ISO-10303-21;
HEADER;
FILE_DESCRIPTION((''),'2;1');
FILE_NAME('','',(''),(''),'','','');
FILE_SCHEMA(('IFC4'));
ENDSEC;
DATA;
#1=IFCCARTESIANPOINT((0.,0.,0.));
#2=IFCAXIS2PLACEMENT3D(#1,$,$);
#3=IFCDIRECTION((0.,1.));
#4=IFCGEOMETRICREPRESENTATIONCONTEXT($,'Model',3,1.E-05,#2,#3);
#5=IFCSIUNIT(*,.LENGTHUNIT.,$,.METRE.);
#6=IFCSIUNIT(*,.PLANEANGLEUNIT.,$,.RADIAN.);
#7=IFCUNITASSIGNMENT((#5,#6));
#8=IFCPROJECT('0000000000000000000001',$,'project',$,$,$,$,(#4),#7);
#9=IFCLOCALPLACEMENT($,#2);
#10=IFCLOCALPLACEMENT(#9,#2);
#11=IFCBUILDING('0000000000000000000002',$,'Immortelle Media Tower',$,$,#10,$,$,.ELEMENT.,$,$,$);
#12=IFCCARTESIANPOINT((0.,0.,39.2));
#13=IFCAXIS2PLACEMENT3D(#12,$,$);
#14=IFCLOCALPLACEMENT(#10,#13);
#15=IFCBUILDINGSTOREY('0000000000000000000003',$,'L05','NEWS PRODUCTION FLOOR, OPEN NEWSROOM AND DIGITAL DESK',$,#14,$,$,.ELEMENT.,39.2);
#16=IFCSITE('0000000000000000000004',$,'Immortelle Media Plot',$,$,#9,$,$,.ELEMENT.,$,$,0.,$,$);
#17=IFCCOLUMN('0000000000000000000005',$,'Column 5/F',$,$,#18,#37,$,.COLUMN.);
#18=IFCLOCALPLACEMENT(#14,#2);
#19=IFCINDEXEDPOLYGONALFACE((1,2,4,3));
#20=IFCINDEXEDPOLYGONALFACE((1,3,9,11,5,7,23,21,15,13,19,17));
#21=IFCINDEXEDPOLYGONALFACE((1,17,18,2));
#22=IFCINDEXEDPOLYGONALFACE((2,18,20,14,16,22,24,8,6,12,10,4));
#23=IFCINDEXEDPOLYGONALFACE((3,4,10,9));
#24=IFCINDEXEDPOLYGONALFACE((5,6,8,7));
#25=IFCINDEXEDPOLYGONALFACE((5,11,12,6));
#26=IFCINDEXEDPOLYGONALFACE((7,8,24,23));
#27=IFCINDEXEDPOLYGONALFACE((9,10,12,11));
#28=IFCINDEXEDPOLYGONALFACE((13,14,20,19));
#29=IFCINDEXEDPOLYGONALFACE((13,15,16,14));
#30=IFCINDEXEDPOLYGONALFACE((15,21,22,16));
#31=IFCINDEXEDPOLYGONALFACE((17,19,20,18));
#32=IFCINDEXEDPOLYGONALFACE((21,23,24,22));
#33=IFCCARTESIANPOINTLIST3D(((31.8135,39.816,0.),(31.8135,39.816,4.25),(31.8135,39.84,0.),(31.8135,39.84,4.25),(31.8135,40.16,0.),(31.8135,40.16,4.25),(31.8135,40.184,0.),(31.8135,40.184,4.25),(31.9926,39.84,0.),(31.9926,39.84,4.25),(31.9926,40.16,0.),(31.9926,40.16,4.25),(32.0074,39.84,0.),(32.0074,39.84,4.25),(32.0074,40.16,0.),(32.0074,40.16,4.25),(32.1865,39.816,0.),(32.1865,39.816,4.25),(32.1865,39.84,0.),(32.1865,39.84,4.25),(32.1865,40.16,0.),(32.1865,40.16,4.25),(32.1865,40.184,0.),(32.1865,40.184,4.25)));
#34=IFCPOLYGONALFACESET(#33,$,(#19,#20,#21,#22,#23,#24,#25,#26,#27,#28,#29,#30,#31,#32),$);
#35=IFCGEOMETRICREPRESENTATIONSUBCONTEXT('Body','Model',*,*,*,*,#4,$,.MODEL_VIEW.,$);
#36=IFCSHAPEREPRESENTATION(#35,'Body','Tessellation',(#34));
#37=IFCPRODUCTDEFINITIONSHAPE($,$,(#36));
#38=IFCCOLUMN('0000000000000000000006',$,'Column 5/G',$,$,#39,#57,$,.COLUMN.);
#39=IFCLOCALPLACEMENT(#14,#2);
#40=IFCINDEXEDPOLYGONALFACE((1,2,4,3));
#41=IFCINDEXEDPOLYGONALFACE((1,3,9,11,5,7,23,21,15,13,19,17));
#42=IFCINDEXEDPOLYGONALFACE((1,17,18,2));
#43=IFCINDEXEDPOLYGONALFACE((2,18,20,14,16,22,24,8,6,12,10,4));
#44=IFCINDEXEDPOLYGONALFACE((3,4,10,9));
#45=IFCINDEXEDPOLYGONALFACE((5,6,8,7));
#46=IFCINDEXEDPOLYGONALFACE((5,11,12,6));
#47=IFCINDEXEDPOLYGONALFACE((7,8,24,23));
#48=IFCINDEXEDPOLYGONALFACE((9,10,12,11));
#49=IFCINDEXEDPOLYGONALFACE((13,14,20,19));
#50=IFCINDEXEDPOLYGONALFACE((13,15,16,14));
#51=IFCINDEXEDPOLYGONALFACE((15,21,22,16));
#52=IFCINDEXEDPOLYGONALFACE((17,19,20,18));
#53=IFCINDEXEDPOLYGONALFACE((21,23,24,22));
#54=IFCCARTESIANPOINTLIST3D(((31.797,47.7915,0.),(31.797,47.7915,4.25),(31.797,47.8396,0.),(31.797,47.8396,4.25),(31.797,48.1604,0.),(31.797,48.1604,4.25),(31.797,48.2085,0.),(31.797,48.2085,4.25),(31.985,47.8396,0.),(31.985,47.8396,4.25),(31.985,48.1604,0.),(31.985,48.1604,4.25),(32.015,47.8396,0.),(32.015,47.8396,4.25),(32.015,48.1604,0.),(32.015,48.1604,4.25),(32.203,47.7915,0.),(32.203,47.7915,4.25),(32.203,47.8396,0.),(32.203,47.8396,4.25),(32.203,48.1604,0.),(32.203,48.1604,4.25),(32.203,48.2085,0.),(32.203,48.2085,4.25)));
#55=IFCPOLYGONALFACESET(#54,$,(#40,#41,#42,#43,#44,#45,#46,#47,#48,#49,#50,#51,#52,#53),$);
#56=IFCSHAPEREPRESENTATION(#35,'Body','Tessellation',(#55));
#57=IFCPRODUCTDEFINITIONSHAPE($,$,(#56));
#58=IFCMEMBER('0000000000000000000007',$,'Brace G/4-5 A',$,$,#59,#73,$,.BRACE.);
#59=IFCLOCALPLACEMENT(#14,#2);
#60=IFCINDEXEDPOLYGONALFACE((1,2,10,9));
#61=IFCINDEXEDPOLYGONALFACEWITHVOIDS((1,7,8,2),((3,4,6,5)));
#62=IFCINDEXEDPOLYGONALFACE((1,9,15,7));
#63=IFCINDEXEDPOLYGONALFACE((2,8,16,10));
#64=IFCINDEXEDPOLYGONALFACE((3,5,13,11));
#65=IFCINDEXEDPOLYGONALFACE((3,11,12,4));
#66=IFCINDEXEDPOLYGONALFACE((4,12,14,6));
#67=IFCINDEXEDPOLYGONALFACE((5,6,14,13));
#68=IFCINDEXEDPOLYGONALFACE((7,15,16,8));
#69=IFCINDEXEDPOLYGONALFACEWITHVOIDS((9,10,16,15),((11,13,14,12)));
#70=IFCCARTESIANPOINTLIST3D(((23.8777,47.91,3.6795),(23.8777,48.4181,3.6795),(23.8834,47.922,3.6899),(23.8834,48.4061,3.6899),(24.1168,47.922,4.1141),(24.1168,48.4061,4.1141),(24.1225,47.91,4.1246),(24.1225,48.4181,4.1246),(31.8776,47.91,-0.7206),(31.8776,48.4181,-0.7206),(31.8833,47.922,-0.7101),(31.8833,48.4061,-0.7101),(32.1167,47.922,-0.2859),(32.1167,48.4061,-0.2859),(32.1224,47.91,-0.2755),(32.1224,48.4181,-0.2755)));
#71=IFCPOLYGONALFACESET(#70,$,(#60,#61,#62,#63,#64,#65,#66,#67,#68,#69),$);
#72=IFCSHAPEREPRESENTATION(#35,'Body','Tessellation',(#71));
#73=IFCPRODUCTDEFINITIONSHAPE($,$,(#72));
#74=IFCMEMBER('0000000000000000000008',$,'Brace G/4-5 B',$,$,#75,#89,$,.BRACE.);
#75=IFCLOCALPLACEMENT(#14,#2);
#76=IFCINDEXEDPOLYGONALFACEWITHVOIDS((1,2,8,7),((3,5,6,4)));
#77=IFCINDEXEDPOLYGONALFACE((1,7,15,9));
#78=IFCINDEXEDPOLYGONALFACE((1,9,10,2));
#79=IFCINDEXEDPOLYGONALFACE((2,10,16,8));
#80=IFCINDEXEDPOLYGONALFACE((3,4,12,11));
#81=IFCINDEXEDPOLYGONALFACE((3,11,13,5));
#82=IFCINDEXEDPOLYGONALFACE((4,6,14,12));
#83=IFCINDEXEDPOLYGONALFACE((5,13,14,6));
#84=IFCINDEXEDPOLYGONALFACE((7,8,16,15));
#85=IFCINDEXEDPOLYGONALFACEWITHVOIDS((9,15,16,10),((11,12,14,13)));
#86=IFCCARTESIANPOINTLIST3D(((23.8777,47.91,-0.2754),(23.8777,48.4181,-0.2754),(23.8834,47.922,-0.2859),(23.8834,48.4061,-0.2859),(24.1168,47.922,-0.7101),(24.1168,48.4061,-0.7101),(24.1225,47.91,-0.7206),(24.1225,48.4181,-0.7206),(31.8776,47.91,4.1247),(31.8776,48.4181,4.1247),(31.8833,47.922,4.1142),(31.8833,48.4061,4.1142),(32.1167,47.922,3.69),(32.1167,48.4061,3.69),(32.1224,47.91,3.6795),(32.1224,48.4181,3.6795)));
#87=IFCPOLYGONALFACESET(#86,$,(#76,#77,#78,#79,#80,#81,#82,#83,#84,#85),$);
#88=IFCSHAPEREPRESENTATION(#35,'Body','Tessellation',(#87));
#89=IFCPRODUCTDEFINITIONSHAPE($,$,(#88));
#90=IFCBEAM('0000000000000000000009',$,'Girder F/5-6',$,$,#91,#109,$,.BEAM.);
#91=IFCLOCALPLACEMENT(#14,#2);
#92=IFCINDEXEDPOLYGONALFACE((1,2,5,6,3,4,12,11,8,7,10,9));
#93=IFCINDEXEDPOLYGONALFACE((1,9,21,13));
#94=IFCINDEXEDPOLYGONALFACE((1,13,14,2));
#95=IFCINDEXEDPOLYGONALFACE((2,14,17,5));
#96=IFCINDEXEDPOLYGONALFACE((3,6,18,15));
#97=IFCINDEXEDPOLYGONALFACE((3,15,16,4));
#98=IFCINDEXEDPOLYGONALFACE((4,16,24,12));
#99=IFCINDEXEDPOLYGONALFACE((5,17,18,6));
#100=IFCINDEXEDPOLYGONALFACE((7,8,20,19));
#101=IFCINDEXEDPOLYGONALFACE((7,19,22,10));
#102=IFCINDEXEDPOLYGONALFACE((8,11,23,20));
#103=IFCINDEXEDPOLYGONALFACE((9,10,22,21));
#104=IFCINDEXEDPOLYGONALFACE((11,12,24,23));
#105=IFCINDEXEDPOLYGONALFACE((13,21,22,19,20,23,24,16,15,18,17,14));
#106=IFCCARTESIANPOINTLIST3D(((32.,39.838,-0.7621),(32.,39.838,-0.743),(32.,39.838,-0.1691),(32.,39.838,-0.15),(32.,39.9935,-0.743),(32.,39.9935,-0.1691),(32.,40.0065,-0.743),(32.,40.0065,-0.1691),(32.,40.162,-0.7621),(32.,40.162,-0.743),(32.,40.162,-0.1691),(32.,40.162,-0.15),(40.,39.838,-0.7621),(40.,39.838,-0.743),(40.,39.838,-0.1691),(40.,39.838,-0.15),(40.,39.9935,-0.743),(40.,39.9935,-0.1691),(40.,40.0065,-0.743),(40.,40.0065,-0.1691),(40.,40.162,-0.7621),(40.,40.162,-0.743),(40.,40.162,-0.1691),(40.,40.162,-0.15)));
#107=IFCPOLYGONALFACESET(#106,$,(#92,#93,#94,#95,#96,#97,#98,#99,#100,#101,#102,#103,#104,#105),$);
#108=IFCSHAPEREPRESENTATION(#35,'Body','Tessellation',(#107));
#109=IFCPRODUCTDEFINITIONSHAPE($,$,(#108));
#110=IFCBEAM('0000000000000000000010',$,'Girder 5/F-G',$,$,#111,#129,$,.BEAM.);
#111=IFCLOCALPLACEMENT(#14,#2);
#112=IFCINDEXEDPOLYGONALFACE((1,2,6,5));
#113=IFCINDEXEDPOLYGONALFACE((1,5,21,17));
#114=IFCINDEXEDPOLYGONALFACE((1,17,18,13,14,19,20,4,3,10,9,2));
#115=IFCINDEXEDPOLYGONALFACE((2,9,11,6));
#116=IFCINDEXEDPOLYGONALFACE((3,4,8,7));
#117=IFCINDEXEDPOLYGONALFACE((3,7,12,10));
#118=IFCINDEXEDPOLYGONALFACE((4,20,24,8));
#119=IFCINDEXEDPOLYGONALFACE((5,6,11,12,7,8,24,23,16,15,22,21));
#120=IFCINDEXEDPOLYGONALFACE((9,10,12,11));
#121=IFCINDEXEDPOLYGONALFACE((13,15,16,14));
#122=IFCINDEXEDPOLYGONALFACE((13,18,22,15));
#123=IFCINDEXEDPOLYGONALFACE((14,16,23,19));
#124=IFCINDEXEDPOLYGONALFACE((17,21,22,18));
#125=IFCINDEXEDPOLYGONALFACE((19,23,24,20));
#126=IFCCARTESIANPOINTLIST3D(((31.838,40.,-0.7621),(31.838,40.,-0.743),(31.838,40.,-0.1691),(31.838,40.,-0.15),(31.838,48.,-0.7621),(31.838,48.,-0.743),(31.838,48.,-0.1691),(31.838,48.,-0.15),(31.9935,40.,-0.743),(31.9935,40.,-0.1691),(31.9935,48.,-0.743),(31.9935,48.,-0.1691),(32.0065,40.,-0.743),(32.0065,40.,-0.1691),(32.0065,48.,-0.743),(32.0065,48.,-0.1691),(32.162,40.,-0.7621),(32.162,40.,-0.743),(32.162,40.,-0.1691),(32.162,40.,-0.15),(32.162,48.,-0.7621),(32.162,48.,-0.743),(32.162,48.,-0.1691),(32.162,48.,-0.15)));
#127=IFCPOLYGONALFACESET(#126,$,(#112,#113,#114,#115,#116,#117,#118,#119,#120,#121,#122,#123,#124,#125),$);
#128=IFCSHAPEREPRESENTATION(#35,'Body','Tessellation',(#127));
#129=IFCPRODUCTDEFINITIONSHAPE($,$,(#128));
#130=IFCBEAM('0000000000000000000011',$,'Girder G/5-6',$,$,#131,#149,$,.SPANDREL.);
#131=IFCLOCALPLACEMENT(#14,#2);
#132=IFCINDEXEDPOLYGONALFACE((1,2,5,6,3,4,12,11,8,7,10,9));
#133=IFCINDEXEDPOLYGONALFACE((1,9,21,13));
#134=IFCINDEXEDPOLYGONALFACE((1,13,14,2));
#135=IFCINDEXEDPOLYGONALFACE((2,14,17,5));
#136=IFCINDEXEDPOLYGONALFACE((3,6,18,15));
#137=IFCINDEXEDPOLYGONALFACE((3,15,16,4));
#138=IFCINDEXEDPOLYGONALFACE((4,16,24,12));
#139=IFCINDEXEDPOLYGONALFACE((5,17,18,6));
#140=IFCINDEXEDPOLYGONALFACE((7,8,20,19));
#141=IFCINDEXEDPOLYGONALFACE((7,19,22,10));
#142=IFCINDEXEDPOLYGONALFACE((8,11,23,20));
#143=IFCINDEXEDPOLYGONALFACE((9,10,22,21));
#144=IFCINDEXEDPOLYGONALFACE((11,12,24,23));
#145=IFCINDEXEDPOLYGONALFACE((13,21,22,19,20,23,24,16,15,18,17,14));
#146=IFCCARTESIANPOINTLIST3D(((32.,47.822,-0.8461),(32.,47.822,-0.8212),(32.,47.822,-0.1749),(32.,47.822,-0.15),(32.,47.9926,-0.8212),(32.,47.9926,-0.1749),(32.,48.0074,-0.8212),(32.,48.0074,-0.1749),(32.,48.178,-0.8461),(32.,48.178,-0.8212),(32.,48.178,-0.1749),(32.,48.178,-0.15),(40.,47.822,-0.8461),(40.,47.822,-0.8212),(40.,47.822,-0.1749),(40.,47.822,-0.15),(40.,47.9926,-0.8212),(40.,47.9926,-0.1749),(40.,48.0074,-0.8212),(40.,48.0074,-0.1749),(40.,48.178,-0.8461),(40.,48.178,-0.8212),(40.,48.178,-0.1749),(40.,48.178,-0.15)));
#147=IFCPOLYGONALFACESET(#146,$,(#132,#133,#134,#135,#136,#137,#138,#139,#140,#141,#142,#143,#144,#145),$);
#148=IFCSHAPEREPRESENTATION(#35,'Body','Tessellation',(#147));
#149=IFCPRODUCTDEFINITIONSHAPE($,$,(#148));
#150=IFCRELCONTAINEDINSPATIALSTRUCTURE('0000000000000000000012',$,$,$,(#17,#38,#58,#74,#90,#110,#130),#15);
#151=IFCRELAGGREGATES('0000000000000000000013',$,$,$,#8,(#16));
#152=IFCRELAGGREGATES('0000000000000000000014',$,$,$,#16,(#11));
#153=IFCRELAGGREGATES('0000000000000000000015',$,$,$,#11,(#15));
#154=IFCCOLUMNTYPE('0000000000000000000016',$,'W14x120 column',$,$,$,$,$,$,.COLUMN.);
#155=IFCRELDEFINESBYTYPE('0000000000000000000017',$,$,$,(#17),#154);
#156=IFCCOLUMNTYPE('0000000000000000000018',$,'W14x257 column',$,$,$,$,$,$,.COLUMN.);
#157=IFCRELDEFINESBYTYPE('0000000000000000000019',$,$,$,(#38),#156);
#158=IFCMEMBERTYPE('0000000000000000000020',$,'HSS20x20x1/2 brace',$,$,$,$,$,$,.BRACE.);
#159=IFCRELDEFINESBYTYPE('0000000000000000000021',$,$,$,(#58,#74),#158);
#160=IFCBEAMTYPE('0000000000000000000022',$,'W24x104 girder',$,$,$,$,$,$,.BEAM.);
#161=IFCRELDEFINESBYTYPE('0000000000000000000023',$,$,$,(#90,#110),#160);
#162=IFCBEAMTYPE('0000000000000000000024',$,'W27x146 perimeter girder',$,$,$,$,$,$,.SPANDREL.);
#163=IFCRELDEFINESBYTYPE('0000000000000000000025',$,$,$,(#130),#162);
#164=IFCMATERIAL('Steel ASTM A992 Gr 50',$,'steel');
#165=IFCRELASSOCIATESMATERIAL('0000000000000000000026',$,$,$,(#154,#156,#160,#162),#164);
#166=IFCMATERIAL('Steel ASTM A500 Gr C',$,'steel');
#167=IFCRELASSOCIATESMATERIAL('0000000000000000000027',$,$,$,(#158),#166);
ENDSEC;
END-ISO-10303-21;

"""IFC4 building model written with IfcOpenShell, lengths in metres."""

from ifc_helpers import new_model, si_unit, direction, frame, origin, origin_2d, place, context, subcontext, project, spatial, hollow_rectangle, i_section, extrude, material, material_profile, profile_set, type_object, element, save


model = new_model("IFC4")

# Units and contexts
model_context = context("Model", 3, precision=1e-05, world=origin(), true_north=direction((0.0, 1.0)))
body_context = subcontext(model_context, "Body", "Model", "MODEL_VIEW")
ifc_project = project(units=[si_unit("LENGTHUNIT", "METRE"), si_unit("PLANEANGLEUNIT", "RADIAN")], contexts=[model_context])

# Site, building, storey
site_placement = place(None, origin())
site = spatial("IfcSite", under=ifc_project, at=site_placement, Name="Immortelle Media Plot", CompositionType="ELEMENT", RefElevation=0.0)
building_placement = place(site_placement, origin())
building = spatial("IfcBuilding", under=site, at=building_placement, Name="Immortelle Media Tower", CompositionType="ELEMENT")
storey_placement = place(building_placement, frame((0.0, 0.0, 39.2)))
storey = spatial("IfcBuildingStorey", under=building, at=storey_placement, Name="L05", Description="NEWS PRODUCTION FLOOR, OPEN NEWSROOM AND DIGITAL DESK", CompositionType="ELEMENT", Elevation=39.2)

# Columns
ifc_material_1 = material(Name="Steel ASTM A992 Gr 50", Category="steel")
ifc_material_profile_1 = material_profile(ifc_material_1, i_section(OverallWidth=0.373, OverallDepth=0.3679, WebThickness=0.0149, FlangeThickness=0.0239, at=origin_2d()), Name="W14x120")
ifc_profile_set_1 = profile_set([ifc_material_profile_1], Name="Steel ASTM A992 Gr 50")
column_type_1 = type_object("IfcColumnType", Name="W14x120 column", PredefinedType="COLUMN", material=ifc_profile_set_1)
column_1_placement = place(storey_placement, frame((32.0, 40.0, 0.0), z_axis=(0.0, 0.0, 1.0), x_axis=(1.0, 0.0, 0.0)))
element("IfcColumn", 1, at=column_1_placement, inside=storey, type_object=column_type_1, Name="Column 5/F", PredefinedType="COLUMN", context=body_context, shape_type="SweptSolid", body=[
    extrude(i_section(OverallWidth=0.373, OverallDepth=0.3679, WebThickness=0.0149, FlangeThickness=0.0239, at=origin_2d()), origin(), (0.0, 0.0, 1.0), 4.25),
])
ifc_material_profile_2 = material_profile(ifc_material_1, i_section(OverallWidth=0.406, OverallDepth=0.417, WebThickness=0.03, FlangeThickness=0.0481, at=origin_2d()), Name="W14x257")
ifc_profile_set_2 = profile_set([ifc_material_profile_2], Name="Steel ASTM A992 Gr 50")
column_type_2 = type_object("IfcColumnType", Name="W14x257 column", PredefinedType="COLUMN", material=ifc_profile_set_2)
column_2_placement = place(storey_placement, frame((32.0, 48.0, 0.0), z_axis=(0.0, 0.0, 1.0), x_axis=(1.0, 0.0, 0.0)))
element("IfcColumn", 2, at=column_2_placement, inside=storey, type_object=column_type_2, Name="Column 5/G", PredefinedType="COLUMN", context=body_context, shape_type="SweptSolid", body=[
    extrude(i_section(OverallWidth=0.406, OverallDepth=0.417, WebThickness=0.03, FlangeThickness=0.0481, at=origin_2d()), origin(), (0.0, 0.0, 1.0), 4.25),
])

# Members
ifc_material_2 = material(Name="Steel ASTM A500 Gr C", Category="steel")
ifc_material_profile_3 = material_profile(ifc_material_2, hollow_rectangle(XDim=0.5081, YDim=0.5081, WallThickness=0.012, at=origin_2d()), Name="HSS20x20x1/2 brace")
ifc_profile_set_3 = profile_set([ifc_material_profile_3], Name="Steel ASTM A500 Gr C")
member_type = type_object("IfcMemberType", Name="HSS20x20x1/2 brace", PredefinedType="BRACE", material=ifc_profile_set_3)
for number, where, z_axis, x_axis, name in (
    (3, (32.0, 48.1641, -0.498), (-0.876209, 0.0, 0.481931), (0.0, -1.0, 0.0), "Brace G/4-5 A"),
    (4, (32.0, 48.1641, 3.9021), (-0.876209, 0.0, -0.481931), (0.0, -1.0, 0.0), "Brace G/4-5 B"),
):
    element("IfcMember", number, at=place(storey_placement, frame(where, z_axis=z_axis, x_axis=x_axis)), inside=storey, type_object=member_type, Name=name, PredefinedType="BRACE", context=body_context, shape_type="SweptSolid", body=[
        extrude(hollow_rectangle(XDim=0.5081, YDim=0.5081, WallThickness=0.012, at=origin_2d()), origin(), (0.0, 0.0, 1.0), 9.1301),
    ])

# Beams
ifc_material_profile_4 = material_profile(ifc_material_1, i_section(OverallWidth=0.324, OverallDepth=0.6121, WebThickness=0.0129, FlangeThickness=0.019, at=origin_2d()), Name="W24x104")
ifc_profile_set_4 = profile_set([ifc_material_profile_4], Name="Steel ASTM A992 Gr 50")
beam_type_1 = type_object("IfcBeamType", Name="W24x104 girder", PredefinedType="BEAM", material=ifc_profile_set_4)
for number, where, z_axis, x_axis, name in (
    (5, (32.0, 40.0, -0.4561), (1.0, 0.0, 0.0), (0.0, 1.0, 0.0), "Girder F/5-6"),
    (6, (32.0, 40.0, -0.4561), (0.0, 1.0, 0.0), (-1.0, 0.0, 0.0), "Girder 5/F-G"),
):
    element("IfcBeam", number, at=place(storey_placement, frame(where, z_axis=z_axis, x_axis=x_axis)), inside=storey, type_object=beam_type_1, Name=name, PredefinedType="BEAM", context=body_context, shape_type="SweptSolid", body=[
        extrude(i_section(OverallWidth=0.324, OverallDepth=0.6121, WebThickness=0.0129, FlangeThickness=0.019, at=origin_2d()), origin(), (0.0, 0.0, 1.0), 8.0),
    ])
ifc_material_profile_5 = material_profile(ifc_material_1, i_section(OverallWidth=0.356, OverallDepth=0.696, WebThickness=0.0149, FlangeThickness=0.0249, at=origin_2d()), Name="W27x146")
ifc_profile_set_5 = profile_set([ifc_material_profile_5], Name="Steel ASTM A992 Gr 50")
beam_type_2 = type_object("IfcBeamType", Name="W27x146 perimeter girder", PredefinedType="SPANDREL", material=ifc_profile_set_5)
beam_placement = place(storey_placement, frame((32.0, 48.0, -0.498), z_axis=(1.0, 0.0, 0.0), x_axis=(0.0, 1.0, 0.0)))
element("IfcBeam", 7, at=beam_placement, inside=storey, type_object=beam_type_2, Name="Girder G/5-6", PredefinedType="SPANDREL", context=body_context, shape_type="SweptSolid", body=[
    extrude(i_section(OverallWidth=0.356, OverallDepth=0.696, WebThickness=0.0149, FlangeThickness=0.0249, at=origin_2d()), origin(), (0.0, 0.0, 1.0), 8.0),
])

save(model, "model.ifc")
